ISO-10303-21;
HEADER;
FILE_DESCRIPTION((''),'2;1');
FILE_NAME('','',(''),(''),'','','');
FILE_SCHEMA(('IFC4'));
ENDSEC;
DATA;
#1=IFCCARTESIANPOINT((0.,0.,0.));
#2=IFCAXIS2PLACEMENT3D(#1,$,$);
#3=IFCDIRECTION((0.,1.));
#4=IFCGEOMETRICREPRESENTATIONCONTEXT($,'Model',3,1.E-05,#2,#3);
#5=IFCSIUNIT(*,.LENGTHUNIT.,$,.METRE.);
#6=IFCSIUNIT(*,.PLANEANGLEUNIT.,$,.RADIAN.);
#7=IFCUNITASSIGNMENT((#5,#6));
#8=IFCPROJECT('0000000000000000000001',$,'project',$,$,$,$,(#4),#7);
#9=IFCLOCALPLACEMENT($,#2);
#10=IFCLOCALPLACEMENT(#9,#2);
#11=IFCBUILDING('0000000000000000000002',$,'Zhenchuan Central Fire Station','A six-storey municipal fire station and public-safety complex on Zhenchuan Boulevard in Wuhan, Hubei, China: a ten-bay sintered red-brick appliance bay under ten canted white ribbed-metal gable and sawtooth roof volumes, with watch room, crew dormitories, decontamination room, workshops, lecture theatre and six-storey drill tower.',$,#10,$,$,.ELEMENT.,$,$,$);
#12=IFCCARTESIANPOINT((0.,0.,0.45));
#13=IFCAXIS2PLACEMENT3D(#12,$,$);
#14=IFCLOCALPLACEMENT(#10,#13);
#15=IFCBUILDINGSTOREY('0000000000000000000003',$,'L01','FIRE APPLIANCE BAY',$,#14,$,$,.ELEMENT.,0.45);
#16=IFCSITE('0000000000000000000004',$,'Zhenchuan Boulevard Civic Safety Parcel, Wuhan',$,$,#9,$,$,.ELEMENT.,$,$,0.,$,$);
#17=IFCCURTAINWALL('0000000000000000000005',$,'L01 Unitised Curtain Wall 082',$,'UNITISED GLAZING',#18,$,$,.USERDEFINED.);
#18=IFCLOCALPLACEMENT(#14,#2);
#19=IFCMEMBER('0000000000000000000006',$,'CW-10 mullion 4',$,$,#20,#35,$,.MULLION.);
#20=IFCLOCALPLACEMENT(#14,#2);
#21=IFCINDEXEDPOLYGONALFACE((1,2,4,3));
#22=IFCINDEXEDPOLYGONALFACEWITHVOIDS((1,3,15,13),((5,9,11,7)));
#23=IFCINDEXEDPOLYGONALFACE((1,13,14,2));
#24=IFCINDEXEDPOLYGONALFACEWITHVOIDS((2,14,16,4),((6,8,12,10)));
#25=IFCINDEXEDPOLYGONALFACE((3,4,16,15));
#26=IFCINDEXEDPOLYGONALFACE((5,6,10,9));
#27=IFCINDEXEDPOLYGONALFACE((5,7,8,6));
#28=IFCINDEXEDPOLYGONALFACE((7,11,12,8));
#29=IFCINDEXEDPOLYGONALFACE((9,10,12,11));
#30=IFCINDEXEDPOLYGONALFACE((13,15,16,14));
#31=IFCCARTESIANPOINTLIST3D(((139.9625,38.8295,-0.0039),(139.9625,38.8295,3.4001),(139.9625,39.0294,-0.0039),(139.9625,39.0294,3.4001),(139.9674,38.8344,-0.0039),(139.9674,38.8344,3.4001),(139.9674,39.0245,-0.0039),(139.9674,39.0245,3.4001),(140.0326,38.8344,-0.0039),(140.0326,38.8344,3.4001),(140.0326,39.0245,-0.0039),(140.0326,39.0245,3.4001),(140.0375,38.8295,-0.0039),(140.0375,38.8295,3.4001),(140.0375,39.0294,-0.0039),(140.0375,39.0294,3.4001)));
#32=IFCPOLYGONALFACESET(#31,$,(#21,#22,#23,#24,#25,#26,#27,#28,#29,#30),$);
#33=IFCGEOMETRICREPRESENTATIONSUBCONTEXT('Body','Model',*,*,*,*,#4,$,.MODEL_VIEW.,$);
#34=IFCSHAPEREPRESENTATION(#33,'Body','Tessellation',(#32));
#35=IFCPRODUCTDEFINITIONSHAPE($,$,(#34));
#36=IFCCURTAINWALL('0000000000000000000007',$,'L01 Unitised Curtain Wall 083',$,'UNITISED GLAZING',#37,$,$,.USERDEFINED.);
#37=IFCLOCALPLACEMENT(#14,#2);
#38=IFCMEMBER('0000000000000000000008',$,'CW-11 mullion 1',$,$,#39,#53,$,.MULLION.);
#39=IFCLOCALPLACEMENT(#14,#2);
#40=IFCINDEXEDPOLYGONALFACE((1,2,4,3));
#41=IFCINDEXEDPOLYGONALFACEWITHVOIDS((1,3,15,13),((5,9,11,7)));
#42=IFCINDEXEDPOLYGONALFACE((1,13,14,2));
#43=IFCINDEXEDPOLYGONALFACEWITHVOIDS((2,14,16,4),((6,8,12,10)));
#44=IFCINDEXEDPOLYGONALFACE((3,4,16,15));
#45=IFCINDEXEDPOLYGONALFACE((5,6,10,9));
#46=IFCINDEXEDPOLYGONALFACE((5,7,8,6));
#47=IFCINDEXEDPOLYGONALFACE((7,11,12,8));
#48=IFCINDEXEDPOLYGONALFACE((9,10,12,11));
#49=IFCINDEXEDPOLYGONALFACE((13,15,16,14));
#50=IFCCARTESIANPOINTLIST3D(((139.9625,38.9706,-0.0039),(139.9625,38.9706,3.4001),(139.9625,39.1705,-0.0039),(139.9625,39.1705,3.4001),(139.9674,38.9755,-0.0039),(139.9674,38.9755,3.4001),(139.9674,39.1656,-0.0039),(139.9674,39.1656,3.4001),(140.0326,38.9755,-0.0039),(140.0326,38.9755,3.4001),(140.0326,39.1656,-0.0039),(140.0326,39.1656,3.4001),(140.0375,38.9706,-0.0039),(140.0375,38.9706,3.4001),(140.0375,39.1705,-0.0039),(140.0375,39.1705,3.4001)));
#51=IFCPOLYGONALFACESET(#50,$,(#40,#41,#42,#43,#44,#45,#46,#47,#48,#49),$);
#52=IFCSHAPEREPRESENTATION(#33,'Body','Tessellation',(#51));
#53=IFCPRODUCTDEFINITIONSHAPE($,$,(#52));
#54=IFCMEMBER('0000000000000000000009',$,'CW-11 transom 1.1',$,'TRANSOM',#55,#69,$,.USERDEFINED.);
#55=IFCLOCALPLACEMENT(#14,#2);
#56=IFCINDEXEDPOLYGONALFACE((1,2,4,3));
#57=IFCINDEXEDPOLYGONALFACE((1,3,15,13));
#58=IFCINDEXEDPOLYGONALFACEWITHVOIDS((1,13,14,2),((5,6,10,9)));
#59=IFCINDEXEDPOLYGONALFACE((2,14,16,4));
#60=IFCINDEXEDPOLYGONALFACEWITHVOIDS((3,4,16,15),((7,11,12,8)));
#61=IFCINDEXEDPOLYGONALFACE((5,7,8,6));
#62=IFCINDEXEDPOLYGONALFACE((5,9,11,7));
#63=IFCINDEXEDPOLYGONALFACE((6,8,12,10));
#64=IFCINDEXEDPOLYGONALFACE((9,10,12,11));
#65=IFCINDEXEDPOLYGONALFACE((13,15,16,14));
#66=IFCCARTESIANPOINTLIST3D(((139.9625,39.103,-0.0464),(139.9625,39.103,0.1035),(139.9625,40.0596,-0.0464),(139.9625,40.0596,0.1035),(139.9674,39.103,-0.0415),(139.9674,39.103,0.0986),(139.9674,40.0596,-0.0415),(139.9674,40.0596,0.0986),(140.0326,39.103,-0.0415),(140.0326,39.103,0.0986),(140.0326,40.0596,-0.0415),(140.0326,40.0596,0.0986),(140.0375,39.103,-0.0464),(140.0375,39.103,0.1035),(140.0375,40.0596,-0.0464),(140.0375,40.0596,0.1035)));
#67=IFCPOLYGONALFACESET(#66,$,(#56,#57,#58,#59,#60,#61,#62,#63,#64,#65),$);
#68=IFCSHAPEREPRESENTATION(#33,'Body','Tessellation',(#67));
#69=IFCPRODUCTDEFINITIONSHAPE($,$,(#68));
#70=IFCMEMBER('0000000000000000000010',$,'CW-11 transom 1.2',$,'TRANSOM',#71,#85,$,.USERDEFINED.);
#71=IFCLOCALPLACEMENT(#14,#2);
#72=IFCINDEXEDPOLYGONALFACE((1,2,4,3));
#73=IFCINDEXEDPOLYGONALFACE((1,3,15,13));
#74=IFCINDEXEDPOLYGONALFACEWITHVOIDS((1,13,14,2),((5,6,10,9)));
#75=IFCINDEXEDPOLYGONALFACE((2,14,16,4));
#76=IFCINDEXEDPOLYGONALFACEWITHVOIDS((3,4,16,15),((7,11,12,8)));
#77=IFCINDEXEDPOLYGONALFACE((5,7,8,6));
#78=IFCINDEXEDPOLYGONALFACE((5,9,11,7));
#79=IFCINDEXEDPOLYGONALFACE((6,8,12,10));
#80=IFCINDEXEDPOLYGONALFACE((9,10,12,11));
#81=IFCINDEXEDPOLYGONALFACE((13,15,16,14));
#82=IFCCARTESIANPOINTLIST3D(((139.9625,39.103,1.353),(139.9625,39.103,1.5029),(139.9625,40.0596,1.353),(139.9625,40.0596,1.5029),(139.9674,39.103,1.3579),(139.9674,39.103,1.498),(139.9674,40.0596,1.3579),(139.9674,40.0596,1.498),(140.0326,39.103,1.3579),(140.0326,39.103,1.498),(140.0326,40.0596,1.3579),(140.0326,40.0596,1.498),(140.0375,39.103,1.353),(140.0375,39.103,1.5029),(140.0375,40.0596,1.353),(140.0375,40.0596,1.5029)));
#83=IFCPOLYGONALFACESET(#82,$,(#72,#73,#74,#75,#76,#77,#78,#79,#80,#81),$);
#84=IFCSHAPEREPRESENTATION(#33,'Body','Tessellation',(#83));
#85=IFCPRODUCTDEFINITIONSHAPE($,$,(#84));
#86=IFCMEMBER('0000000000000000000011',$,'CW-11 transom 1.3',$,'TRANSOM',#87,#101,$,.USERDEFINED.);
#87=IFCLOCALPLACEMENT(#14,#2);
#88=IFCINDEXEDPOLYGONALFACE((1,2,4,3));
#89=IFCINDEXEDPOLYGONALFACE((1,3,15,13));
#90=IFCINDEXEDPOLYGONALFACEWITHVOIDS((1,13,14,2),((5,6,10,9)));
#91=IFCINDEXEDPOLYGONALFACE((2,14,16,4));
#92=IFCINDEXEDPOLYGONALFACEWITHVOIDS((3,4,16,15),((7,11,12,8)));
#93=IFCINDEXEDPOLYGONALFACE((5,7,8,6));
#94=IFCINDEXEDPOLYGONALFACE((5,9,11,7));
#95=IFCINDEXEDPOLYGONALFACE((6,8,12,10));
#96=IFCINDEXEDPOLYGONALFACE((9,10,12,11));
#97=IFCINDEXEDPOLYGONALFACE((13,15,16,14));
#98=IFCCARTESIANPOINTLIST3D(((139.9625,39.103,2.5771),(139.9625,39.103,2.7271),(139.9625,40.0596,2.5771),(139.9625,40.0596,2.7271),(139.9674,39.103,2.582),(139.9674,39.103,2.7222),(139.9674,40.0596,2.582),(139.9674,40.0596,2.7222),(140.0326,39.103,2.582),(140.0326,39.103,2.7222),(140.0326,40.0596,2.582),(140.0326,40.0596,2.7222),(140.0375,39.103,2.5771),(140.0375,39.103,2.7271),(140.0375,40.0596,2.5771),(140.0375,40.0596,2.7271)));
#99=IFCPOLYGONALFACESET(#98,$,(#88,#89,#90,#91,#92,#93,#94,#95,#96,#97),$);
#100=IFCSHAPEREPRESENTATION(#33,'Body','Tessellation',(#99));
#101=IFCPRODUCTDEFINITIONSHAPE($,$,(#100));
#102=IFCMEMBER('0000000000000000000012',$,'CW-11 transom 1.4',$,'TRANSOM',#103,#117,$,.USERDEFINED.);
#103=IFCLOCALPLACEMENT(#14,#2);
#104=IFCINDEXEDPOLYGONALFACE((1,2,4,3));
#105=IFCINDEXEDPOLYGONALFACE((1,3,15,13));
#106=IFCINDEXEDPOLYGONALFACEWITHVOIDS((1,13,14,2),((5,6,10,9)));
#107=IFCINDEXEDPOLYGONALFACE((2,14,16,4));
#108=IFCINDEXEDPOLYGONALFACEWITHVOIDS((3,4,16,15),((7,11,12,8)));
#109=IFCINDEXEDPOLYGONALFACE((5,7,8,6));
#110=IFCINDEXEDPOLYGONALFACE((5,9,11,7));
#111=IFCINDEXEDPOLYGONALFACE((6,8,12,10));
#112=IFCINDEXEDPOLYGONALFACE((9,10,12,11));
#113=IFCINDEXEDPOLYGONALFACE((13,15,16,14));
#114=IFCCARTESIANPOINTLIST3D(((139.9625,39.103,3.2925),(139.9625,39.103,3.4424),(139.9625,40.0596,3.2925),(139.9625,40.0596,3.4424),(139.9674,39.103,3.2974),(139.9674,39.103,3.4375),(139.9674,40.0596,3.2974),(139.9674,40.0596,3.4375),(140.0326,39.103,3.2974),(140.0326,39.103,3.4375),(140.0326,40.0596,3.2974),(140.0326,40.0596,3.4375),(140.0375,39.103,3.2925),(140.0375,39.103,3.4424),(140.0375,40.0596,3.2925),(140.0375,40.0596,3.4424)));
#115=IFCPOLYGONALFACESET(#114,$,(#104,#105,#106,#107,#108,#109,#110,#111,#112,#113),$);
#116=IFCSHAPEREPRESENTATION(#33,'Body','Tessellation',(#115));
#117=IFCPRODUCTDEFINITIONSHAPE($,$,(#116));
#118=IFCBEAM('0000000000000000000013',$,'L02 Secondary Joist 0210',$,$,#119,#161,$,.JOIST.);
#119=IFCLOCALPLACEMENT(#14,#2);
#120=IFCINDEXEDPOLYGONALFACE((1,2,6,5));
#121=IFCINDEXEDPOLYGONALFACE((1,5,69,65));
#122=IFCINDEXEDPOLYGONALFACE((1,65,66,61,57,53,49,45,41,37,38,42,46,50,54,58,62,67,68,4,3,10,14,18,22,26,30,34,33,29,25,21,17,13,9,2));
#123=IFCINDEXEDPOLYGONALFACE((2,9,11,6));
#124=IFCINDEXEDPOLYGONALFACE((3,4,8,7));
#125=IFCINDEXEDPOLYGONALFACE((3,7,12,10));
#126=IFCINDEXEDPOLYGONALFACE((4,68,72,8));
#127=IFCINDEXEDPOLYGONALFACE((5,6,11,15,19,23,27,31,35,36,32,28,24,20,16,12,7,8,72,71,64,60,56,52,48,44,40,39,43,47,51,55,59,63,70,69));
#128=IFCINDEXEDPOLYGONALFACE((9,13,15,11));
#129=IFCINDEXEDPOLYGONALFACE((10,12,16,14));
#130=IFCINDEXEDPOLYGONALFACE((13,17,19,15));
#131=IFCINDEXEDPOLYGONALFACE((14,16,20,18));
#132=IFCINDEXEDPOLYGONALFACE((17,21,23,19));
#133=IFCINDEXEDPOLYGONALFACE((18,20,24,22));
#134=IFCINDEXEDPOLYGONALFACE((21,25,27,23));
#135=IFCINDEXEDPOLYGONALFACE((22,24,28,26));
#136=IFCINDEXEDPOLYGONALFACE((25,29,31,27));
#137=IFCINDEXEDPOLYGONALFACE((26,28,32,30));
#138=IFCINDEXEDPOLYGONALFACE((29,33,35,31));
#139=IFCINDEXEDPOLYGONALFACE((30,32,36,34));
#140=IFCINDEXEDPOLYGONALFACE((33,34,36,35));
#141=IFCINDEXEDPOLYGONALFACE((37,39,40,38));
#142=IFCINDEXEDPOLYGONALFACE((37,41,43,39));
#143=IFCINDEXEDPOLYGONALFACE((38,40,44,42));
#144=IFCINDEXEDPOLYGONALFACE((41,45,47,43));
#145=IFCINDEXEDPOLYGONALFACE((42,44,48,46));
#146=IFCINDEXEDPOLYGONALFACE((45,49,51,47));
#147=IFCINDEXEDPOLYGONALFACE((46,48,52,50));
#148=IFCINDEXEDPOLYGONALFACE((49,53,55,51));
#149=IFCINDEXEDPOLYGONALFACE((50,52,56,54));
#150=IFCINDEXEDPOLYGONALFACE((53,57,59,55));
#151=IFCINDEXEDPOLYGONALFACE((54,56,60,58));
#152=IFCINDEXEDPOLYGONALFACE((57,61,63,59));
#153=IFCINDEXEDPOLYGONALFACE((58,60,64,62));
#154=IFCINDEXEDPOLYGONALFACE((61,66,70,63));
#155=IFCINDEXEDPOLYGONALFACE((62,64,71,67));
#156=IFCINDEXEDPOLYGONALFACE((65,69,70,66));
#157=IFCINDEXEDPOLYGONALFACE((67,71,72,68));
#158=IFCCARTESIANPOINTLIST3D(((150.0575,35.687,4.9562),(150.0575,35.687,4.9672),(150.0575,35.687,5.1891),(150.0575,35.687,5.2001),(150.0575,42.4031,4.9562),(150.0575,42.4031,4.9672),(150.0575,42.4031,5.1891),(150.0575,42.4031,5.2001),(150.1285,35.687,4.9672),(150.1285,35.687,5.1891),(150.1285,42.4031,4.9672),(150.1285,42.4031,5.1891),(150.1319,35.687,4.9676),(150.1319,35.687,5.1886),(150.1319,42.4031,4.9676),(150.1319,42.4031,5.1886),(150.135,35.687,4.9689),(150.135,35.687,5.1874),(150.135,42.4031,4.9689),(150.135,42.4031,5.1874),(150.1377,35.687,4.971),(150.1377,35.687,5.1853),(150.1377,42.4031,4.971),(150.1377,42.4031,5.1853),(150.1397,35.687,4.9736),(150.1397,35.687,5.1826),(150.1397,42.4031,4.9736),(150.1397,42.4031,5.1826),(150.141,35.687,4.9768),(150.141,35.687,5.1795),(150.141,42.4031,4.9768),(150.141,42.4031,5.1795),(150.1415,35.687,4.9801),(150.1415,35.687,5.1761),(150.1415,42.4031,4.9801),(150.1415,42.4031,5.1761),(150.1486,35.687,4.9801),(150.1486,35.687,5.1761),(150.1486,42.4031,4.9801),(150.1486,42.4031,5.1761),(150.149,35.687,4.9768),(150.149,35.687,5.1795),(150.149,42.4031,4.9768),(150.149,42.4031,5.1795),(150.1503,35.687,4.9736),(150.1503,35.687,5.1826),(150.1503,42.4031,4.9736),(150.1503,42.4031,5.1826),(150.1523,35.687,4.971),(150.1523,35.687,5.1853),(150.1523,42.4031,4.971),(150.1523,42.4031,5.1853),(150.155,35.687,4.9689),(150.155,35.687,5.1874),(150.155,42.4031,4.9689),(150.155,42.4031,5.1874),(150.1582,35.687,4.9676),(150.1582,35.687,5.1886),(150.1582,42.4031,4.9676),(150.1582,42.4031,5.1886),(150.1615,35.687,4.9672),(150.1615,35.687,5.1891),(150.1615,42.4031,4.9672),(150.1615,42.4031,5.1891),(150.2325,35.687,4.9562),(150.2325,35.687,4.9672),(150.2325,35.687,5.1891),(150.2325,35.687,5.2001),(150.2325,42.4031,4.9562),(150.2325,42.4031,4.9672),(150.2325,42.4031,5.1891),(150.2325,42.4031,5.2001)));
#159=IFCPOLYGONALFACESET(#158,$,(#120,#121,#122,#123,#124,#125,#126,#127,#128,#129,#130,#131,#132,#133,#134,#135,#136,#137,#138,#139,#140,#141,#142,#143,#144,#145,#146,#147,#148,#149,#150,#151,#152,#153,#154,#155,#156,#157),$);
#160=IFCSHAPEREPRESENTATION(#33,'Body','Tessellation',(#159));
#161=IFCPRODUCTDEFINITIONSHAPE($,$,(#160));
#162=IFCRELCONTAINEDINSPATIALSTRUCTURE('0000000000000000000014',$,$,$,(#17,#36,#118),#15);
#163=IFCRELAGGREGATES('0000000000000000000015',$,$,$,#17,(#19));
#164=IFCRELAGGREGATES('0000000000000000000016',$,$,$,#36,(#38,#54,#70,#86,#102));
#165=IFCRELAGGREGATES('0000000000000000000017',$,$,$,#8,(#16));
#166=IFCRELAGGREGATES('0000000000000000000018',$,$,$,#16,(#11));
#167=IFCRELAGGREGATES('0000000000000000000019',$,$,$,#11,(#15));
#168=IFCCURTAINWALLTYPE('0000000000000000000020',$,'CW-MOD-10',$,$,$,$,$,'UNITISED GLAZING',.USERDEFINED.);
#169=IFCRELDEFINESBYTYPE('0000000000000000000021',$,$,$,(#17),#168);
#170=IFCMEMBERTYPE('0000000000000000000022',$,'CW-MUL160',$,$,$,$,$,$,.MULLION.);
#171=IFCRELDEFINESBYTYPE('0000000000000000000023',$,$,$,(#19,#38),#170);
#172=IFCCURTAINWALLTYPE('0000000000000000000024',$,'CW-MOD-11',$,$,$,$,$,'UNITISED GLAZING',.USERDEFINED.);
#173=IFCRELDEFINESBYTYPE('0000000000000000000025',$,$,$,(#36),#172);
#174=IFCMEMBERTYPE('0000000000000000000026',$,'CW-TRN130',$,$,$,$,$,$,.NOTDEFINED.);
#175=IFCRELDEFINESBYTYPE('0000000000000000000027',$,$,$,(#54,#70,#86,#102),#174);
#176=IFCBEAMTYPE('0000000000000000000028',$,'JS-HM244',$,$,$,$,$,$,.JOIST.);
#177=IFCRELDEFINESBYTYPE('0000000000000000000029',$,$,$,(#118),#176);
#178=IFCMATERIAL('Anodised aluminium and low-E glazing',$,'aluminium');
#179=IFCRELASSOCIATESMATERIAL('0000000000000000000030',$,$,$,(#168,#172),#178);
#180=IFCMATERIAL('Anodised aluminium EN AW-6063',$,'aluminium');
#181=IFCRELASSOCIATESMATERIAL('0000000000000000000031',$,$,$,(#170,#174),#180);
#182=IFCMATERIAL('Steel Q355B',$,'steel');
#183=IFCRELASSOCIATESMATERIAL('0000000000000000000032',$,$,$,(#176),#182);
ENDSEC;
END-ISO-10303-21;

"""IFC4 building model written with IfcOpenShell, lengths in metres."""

from ifc_helpers import new_model, si_unit, direction, frame, origin, origin_2d, place, context, subcontext, project, spatial, hollow_rectangle, i_section, extrude, material, material_profile, profile_set, type_object, element, aggregate, save


model = new_model("IFC4")

# Units and contexts
model_context = context("Model", 3, precision=1e-05, world=origin(), true_north=direction((0.0, 1.0)))
body_context = subcontext(model_context, "Body", "Model", "MODEL_VIEW")
ifc_project = project(units=[si_unit("LENGTHUNIT", "METRE"), si_unit("PLANEANGLEUNIT", "RADIAN")], contexts=[model_context])

# Site, building, storey
site_placement = place(None, origin())
site = spatial("IfcSite", under=ifc_project, at=site_placement, Name="Zhenchuan Boulevard Civic Safety Parcel, Wuhan", CompositionType="ELEMENT", RefElevation=0.0)
building_placement = place(site_placement, origin())
building = spatial("IfcBuilding", under=site, at=building_placement, Name="Zhenchuan Central Fire Station", Description="A six-storey municipal fire station and public-safety complex on Zhenchuan Boulevard in Wuhan, Hubei, China: a ten-bay sintered red-brick appliance bay under ten canted white ribbed-metal gable and sawtooth roof volumes, with watch room, crew dormitories, decontamination room, workshops, lecture theatre and six-storey drill tower.", CompositionType="ELEMENT")
storey_placement = place(building_placement, frame((0.0, 0.0, 0.45)))
storey = spatial("IfcBuildingStorey", under=building, at=storey_placement, Name="L01", Description="FIRE APPLIANCE BAY", CompositionType="ELEMENT", Elevation=0.45)

# Shared definitions
ifc_material_1 = material(Name="Steel Q355B", Category="steel")

# Curtain wall, member
ifc_material_2 = material(Name="Anodised aluminium and low-E glazing", Category="aluminium")
curtain_wall_type_1 = type_object("IfcCurtainWallType", Name="CW-MOD-10", ElementType="UNITISED GLAZING", PredefinedType="USERDEFINED", material=ifc_material_2)
curtain_wall_1_placement = place(storey_placement, origin())
curtain_wall_1 = element("IfcCurtainWall", 1, at=curtain_wall_1_placement, inside=storey, type_object=curtain_wall_type_1, Name="L01 Unitised Curtain Wall 082", ObjectType="UNITISED GLAZING", PredefinedType="USERDEFINED")
ifc_material_3 = material(Name="Anodised aluminium EN AW-6063", Category="aluminium")
ifc_material_profile_1 = material_profile(ifc_material_3, hollow_rectangle(XDim=0.075, YDim=0.2, WallThickness=0.0049, at=origin_2d()), Name="ALU-M 200x75")
ifc_profile_set_1 = profile_set([ifc_material_profile_1], Name="Anodised aluminium EN AW-6063")
member_type_1 = type_object("IfcMemberType", Name="CW-MUL160", PredefinedType="MULLION", material=ifc_profile_set_1)
member_1_placement = place(storey_placement, frame((140.0, 38.9294, -0.0039), z_axis=(0.0, 0.0, 1.0), x_axis=(-1.0, 0.0, 0.0)))
member_1 = element("IfcMember", 2, at=member_1_placement, type_object=member_type_1, Name="CW-10 mullion 4", PredefinedType="MULLION", context=body_context, shape_type="SweptSolid", body=[
    extrude(hollow_rectangle(XDim=0.075, YDim=0.2, WallThickness=0.0049, at=origin_2d()), origin(), (0.0, 0.0, 1.0), 3.4041),
])

# Curtain wall, members
curtain_wall_type_2 = type_object("IfcCurtainWallType", Name="CW-MOD-11", ElementType="UNITISED GLAZING", PredefinedType="USERDEFINED", material=ifc_material_2)
curtain_wall_2_placement = place(storey_placement, origin())
curtain_wall_2 = element("IfcCurtainWall", 3, at=curtain_wall_2_placement, inside=storey, type_object=curtain_wall_type_2, Name="L01 Unitised Curtain Wall 083", ObjectType="UNITISED GLAZING", PredefinedType="USERDEFINED")
member_2_placement = place(storey_placement, frame((140.0, 39.0706, -0.0039), z_axis=(0.0, 0.0, 1.0), x_axis=(-1.0, 0.0, 0.0)))
member_2 = element("IfcMember", 4, at=member_2_placement, type_object=member_type_1, Name="CW-11 mullion 1", PredefinedType="MULLION", context=body_context, shape_type="SweptSolid", body=[
    extrude(hollow_rectangle(XDim=0.075, YDim=0.2, WallThickness=0.0049, at=origin_2d()), origin(), (0.0, 0.0, 1.0), 3.4041),
])
ifc_material_profile_2 = material_profile(ifc_material_3, hollow_rectangle(XDim=0.075, YDim=0.1499, WallThickness=0.0049, at=origin_2d()), Name="ALU-T 150x75")
ifc_profile_set_2 = profile_set([ifc_material_profile_2], Name="Anodised aluminium EN AW-6063")
member_type_2 = type_object("IfcMemberType", Name="CW-TRN130", PredefinedType="NOTDEFINED", material=ifc_profile_set_2)
member_3_placement = place(storey_placement, frame((140.0, 39.103, 0.0286), z_axis=(0.0, 1.0, 0.0), x_axis=(-1.0, 0.0, 0.0)))
member_3 = element("IfcMember", 5, at=member_3_placement, type_object=member_type_2, Name="CW-11 transom 1.1", ObjectType="TRANSOM", PredefinedType="USERDEFINED", context=body_context, shape_type="SweptSolid", body=[
    extrude(hollow_rectangle(XDim=0.075, YDim=0.1499, WallThickness=0.0049, at=origin_2d()), origin(), (0.0, 0.0, 1.0), 0.9565),
])
member_4_placement = place(storey_placement, frame((140.0, 39.103, 1.428), z_axis=(0.0, 1.0, 0.0), x_axis=(-1.0, 0.0, 0.0)))
member_4 = element("IfcMember", 6, at=member_4_placement, type_object=member_type_2, Name="CW-11 transom 1.2", ObjectType="TRANSOM", PredefinedType="USERDEFINED", context=body_context, shape_type="SweptSolid", body=[
    extrude(hollow_rectangle(XDim=0.075, YDim=0.1499, WallThickness=0.0049, at=origin_2d()), origin(), (0.0, 0.0, 1.0), 0.9565),
])
member_5_placement = place(storey_placement, frame((140.0, 39.103, 2.6521), z_axis=(0.0, 1.0, 0.0), x_axis=(-1.0, 0.0, 0.0)))
member_5 = element("IfcMember", 7, at=member_5_placement, type_object=member_type_2, Name="CW-11 transom 1.3", ObjectType="TRANSOM", PredefinedType="USERDEFINED", context=body_context, shape_type="SweptSolid", body=[
    extrude(hollow_rectangle(XDim=0.075, YDim=0.1499, WallThickness=0.0049, at=origin_2d()), origin(), (0.0, 0.0, 1.0), 0.9565),
])
member_6_placement = place(storey_placement, frame((140.0, 39.103, 3.3674), z_axis=(0.0, 1.0, 0.0), x_axis=(-1.0, 0.0, 0.0)))
member_6 = element("IfcMember", 8, at=member_6_placement, type_object=member_type_2, Name="CW-11 transom 1.4", ObjectType="TRANSOM", PredefinedType="USERDEFINED", context=body_context, shape_type="SweptSolid", body=[
    extrude(hollow_rectangle(XDim=0.075, YDim=0.1499, WallThickness=0.0049, at=origin_2d()), origin(), (0.0, 0.0, 1.0), 0.9565),
])

# Beam
ifc_material_profile_3 = material_profile(ifc_material_1, i_section(OverallWidth=0.175, OverallDepth=0.2439, WebThickness=0.0071, FlangeThickness=0.011, FilletRadius=0.0129, at=origin_2d()), Name="HM 244x175")
ifc_profile_set_3 = profile_set([ifc_material_profile_3], Name="Steel Q355B")
beam_type_1 = type_object("IfcBeamType", Name="JS-HM244", PredefinedType="JOIST", material=ifc_profile_set_3)
beam_1_placement = place(storey_placement, frame((150.145, 35.687, 5.0781), z_axis=(0.0, 1.0, 0.0), x_axis=(-1.0, 0.0, 0.0)))
element("IfcBeam", 9, at=beam_1_placement, inside=storey, type_object=beam_type_1, Name="L02 Secondary Joist 0210", PredefinedType="JOIST", context=body_context, shape_type="SweptSolid", body=[
    extrude(i_section(OverallWidth=0.175, OverallDepth=0.2439, WebThickness=0.0071, FlangeThickness=0.011, FilletRadius=0.0129, at=origin_2d()), origin(), (0.0, 0.0, 1.0), 6.7161),
])

aggregate(curtain_wall_1, [member_1])
aggregate(curtain_wall_2, [member_2, member_3, member_4, member_5, member_6])

save(model, "model.ifc")
